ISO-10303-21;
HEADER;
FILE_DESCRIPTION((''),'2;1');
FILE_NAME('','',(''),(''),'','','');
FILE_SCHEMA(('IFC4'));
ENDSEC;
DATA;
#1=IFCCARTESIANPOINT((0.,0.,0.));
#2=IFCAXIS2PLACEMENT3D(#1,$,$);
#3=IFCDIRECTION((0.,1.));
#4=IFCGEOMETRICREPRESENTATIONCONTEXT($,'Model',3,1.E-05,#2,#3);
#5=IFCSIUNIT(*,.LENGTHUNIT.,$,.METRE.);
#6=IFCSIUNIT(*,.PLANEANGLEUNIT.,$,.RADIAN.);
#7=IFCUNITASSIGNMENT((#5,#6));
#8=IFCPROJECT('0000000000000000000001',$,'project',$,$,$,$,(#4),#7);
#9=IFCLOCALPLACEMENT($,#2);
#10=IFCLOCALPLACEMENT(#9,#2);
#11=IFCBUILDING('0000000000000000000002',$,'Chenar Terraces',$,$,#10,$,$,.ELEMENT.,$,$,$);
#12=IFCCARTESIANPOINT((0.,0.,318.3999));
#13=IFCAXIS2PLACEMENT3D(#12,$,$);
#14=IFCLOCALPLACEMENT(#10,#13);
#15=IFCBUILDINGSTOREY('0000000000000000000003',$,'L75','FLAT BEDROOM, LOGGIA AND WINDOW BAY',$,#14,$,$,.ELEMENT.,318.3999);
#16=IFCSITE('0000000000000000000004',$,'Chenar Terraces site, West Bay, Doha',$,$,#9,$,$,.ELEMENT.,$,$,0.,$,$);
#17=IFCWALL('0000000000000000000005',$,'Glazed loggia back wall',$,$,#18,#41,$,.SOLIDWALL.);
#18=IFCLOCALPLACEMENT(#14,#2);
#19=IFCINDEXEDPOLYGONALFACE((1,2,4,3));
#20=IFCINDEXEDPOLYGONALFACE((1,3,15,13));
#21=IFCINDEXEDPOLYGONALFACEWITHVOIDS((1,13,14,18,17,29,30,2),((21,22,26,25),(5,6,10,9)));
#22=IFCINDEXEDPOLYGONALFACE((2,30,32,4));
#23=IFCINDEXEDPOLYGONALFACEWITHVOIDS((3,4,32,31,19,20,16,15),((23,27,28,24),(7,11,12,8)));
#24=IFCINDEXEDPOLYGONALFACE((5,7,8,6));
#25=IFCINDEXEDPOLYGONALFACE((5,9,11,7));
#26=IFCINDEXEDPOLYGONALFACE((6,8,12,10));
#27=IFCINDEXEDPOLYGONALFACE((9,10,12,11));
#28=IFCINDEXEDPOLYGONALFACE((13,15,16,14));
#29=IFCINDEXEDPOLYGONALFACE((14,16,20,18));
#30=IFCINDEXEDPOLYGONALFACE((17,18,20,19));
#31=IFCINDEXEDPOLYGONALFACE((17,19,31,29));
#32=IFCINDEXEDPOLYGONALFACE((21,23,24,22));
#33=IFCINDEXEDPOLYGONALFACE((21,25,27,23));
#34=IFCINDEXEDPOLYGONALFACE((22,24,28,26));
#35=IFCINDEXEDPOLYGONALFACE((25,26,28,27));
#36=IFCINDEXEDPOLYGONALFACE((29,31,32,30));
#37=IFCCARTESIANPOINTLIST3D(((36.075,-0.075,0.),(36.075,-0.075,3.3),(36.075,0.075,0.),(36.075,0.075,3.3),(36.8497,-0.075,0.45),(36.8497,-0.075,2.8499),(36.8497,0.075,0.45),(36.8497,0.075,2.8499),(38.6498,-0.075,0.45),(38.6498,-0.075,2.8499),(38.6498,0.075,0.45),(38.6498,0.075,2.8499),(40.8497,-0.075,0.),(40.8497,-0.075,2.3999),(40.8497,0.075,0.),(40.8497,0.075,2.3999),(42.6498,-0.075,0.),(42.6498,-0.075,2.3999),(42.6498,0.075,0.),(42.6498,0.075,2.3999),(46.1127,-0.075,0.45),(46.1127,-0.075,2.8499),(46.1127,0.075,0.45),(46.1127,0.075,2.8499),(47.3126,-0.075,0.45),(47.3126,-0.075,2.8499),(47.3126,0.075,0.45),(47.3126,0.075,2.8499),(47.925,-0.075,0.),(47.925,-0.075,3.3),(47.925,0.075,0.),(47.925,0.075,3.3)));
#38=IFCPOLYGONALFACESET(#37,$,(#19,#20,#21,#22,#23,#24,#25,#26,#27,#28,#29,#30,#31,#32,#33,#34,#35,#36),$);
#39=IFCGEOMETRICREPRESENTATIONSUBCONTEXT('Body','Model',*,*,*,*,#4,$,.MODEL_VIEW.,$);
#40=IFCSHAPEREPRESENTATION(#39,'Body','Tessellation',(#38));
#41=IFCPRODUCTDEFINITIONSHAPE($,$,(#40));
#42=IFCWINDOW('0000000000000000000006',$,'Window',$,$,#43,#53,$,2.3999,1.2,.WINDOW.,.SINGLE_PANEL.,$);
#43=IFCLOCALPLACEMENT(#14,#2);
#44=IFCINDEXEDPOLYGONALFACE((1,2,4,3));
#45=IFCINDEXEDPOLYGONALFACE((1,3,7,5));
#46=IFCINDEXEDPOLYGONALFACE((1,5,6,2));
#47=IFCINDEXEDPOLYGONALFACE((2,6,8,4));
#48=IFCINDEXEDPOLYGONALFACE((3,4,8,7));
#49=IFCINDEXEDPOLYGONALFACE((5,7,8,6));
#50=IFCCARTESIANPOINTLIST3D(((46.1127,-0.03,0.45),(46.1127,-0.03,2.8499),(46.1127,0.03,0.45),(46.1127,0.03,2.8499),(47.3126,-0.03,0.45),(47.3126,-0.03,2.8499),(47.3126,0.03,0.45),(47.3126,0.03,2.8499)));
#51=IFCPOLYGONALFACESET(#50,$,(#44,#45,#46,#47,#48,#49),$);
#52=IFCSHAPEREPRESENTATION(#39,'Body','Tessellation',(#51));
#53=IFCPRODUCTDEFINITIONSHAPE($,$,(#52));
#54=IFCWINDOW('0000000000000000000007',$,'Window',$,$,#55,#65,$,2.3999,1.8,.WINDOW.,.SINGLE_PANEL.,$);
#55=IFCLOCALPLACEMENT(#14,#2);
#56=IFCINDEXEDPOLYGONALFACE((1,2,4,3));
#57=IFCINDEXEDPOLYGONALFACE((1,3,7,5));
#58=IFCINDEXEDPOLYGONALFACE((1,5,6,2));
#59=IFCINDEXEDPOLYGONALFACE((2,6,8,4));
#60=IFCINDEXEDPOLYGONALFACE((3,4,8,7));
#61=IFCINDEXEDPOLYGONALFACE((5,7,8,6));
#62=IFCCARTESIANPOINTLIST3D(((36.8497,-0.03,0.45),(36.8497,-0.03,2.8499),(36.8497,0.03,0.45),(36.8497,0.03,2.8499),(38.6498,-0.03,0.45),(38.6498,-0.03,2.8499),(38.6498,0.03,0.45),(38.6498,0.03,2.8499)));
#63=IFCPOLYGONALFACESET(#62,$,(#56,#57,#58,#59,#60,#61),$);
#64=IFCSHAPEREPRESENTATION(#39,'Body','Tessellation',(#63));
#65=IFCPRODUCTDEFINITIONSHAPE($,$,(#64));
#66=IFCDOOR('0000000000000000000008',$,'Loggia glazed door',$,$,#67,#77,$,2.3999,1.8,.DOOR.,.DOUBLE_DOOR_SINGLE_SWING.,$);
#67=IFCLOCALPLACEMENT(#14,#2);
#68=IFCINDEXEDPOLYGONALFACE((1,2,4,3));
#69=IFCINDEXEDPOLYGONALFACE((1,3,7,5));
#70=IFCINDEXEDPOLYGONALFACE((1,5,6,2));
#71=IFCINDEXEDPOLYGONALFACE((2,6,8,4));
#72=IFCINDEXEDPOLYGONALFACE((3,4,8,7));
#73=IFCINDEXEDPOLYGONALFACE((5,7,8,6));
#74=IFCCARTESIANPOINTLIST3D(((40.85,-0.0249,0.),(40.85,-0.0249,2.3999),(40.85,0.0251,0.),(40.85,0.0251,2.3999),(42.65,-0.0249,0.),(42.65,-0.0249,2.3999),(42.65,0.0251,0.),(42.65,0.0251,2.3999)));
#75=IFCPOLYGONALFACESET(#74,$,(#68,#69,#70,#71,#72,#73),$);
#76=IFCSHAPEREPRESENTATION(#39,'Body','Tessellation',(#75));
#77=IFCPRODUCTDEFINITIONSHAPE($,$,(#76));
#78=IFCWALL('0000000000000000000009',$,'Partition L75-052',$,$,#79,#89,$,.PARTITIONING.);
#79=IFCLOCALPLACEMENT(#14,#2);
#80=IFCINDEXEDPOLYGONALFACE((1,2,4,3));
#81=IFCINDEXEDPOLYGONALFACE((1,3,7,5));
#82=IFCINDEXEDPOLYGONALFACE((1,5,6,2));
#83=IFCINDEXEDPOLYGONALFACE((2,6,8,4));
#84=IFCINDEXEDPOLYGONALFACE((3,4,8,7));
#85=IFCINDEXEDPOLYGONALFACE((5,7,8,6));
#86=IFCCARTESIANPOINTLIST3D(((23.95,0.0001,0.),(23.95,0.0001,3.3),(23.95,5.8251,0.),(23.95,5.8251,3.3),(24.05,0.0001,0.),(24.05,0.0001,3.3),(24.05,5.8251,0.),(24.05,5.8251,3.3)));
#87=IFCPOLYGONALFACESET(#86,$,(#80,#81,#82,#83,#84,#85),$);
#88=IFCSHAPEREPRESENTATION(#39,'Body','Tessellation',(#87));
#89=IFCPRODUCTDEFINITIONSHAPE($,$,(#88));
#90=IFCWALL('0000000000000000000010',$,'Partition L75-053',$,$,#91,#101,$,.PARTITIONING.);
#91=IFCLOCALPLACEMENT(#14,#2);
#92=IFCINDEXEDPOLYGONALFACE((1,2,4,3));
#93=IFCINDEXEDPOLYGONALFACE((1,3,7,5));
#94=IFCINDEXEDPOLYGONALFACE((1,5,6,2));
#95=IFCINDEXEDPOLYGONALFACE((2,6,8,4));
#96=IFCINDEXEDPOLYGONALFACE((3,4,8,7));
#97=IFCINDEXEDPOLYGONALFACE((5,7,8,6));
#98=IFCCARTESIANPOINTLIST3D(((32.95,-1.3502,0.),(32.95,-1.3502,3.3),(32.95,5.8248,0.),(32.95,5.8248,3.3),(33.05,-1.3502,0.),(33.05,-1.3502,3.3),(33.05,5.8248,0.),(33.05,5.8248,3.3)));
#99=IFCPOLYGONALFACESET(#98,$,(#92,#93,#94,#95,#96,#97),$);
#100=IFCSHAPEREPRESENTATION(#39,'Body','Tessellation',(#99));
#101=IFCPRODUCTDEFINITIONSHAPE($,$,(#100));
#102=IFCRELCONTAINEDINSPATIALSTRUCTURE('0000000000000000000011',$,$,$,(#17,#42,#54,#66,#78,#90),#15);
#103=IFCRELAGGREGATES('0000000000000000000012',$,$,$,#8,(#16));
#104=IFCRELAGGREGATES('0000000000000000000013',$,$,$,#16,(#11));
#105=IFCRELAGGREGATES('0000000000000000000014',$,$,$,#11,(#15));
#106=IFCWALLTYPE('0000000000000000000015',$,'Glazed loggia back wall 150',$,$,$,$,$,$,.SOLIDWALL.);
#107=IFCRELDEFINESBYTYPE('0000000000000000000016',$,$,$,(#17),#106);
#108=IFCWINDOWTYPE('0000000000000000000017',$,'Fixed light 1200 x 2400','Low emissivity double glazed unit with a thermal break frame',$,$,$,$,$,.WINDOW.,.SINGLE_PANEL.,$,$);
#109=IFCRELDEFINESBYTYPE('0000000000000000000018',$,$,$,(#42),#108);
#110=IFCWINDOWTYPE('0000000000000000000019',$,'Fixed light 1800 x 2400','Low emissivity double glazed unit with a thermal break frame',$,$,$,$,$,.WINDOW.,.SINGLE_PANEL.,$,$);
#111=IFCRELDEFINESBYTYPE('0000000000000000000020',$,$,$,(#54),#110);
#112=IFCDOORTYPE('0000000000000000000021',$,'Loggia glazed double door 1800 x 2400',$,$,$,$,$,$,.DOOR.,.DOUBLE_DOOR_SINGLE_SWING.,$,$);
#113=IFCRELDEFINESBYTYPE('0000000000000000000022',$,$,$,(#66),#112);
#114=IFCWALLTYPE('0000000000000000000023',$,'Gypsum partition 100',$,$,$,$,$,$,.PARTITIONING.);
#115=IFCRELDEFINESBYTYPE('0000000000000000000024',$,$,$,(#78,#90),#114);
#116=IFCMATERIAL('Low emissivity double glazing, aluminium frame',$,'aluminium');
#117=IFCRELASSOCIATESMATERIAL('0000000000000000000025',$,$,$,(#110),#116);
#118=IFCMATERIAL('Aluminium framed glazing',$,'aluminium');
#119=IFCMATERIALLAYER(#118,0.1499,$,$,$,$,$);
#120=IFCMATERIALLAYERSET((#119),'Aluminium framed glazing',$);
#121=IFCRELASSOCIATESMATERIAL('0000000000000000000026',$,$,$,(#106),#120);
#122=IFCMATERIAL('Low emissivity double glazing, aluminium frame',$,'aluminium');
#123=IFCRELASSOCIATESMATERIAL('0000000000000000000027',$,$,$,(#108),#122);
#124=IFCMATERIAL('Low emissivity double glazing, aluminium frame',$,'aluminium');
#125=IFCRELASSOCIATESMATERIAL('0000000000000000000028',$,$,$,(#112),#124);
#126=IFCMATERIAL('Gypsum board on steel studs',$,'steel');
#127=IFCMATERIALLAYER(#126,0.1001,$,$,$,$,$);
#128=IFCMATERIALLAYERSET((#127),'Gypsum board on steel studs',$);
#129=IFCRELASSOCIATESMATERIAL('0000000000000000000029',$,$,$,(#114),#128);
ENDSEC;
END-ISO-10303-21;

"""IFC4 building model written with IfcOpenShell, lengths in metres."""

from ifc_helpers import new_model, si_unit, direction, frame, frame_2d, origin, place, context, subcontext, project, spatial, rectangle, extrude, material, layer, layer_set, type_object, element, fill, save


model = new_model("IFC4")

# Units and contexts
model_context = context("Model", 3, precision=1e-05, world=origin(), true_north=direction((0.0, 1.0)))
body_context = subcontext(model_context, "Body", "Model", "MODEL_VIEW")
ifc_project = project(units=[si_unit("LENGTHUNIT", "METRE"), si_unit("PLANEANGLEUNIT", "RADIAN")], contexts=[model_context])

# Site, building, storey
site_placement = place(None, origin())
site = spatial("IfcSite", under=ifc_project, at=site_placement, Name="Chenar Terraces site, West Bay, Doha", CompositionType="ELEMENT", RefElevation=0.0)
building_placement = place(site_placement, origin())
building = spatial("IfcBuilding", under=site, at=building_placement, Name="Chenar Terraces", CompositionType="ELEMENT")
storey_placement = place(building_placement, frame((0.0, 0.0, 318.3999)))
storey = spatial("IfcBuildingStorey", under=building, at=storey_placement, Name="L75", Description="FLAT BEDROOM, LOGGIA AND WINDOW BAY", CompositionType="ELEMENT", Elevation=318.3999)

# Shared definitions
ifc_material_1 = material(Name="Low emissivity double glazing, aluminium frame", Category="aluminium")
window_type_1 = type_object("IfcWindowType", Name="Fixed light 1800 x 2400", Description="Low emissivity double glazed unit with a thermal break frame", PartitioningType="SINGLE_PANEL", PredefinedType="WINDOW", material=ifc_material_1)

# Wall, openings, windows, door
ifc_material_2 = material(Name="Aluminium framed glazing", Category="aluminium")
ifc_layer_1 = layer(ifc_material_2, 0.1499)
ifc_layer_set_1 = layer_set([ifc_layer_1], Name="Aluminium framed glazing")
wall_type_1 = type_object("IfcWallType", Name="Glazed loggia back wall 150", PredefinedType="SOLIDWALL", material=ifc_layer_set_1)
wall_1_placement = place(storey_placement, frame((36.075, 0.0, 0.0), z_axis=(0.0, 0.0, 1.0), x_axis=(1.0, 0.0, 0.0)))
wall_1 = element("IfcWall", 1, at=wall_1_placement, inside=storey, type_object=wall_type_1, Name="Glazed loggia back wall", PredefinedType="SOLIDWALL", context=body_context, shape_type="SweptSolid", body=[
    extrude(rectangle(XDim=11.8501, YDim=0.1499, at=frame_2d((5.925, 0.0))), origin(), (0.0, 0.0, 1.0), 3.3),
])
opening_1_placement = place(wall_1_placement, frame((0.7749, 0.0, 0.45)))
opening_1 = element("IfcOpeningElement", 2, at=opening_1_placement, cuts=wall_1, PredefinedType="OPENING", context=body_context, shape_type="SweptSolid", body=[
    extrude(rectangle(XDim=1.8, YDim=2.3999, at=frame_2d((0.8999, 1.2))), frame((0.0, 0.085, 0.0), z_axis=(0.0, -1.0, 0.0), x_axis=(1.0, 0.0, 0.0)), (0.0, 0.0, 1.0), 0.1699),
])
opening_2_placement = place(wall_1_placement, frame((4.7749, 0.0, 0.0)))
opening_2 = element("IfcOpeningElement", 3, at=opening_2_placement, cuts=wall_1, PredefinedType="OPENING", context=body_context, shape_type="SweptSolid", body=[
    extrude(rectangle(XDim=1.8, YDim=2.3999, at=frame_2d((0.8999, 1.2))), frame((0.0, 0.085, 0.0), z_axis=(0.0, -1.0, 0.0), x_axis=(1.0, 0.0, 0.0)), (0.0, 0.0, 1.0), 0.1699),
])
opening_3_placement = place(wall_1_placement, frame((10.0376, 0.0, 0.45)))
opening_3 = element("IfcOpeningElement", 4, at=opening_3_placement, cuts=wall_1, PredefinedType="OPENING", context=body_context, shape_type="SweptSolid", body=[
    extrude(rectangle(XDim=1.2, YDim=2.3999, at=frame_2d((0.6001, 1.2))), frame((0.0, 0.085, 0.0), z_axis=(0.0, -1.0, 0.0), x_axis=(1.0, 0.0, 0.0)), (0.0, 0.0, 1.0), 0.1699),
])
ifc_material_3 = material(Name="Low emissivity double glazing, aluminium frame", Category="aluminium")
window_type_2 = type_object("IfcWindowType", Name="Fixed light 1200 x 2400", Description="Low emissivity double glazed unit with a thermal break frame", PartitioningType="SINGLE_PANEL", PredefinedType="WINDOW", material=ifc_material_3)
window_1_placement = place(opening_3_placement, origin())
window_1 = element("IfcWindow", 5, at=window_1_placement, inside=storey, type_object=window_type_2, Name="Window", OverallHeight=2.3999, OverallWidth=1.2, PartitioningType="SINGLE_PANEL", PredefinedType="WINDOW", context=body_context, shape_type="SweptSolid", body=[
    extrude(rectangle(XDim=1.2, YDim=2.3999, at=frame_2d((0.6001, 1.2))), frame((0.0, 0.03, 0.0), z_axis=(0.0, -1.0, 0.0), x_axis=(1.0, 0.0, 0.0)), (0.0, 0.0, 1.0), 0.0601),
])
fill(opening_3, window_1)
window_2_placement = place(opening_1_placement, origin())
window_2 = element("IfcWindow", 6, at=window_2_placement, inside=storey, type_object=window_type_1, Name="Window", OverallHeight=2.3999, OverallWidth=1.8, PartitioningType="SINGLE_PANEL", PredefinedType="WINDOW", context=body_context, shape_type="SweptSolid", body=[
    extrude(rectangle(XDim=1.8, YDim=2.3999, at=frame_2d((0.8999, 1.2))), frame((0.0, 0.03, 0.0), z_axis=(0.0, -1.0, 0.0), x_axis=(1.0, 0.0, 0.0)), (0.0, 0.0, 1.0), 0.0601),
])
fill(opening_1, window_2)
ifc_material_4 = material(Name="Low emissivity double glazing, aluminium frame", Category="aluminium")
door_type_1 = type_object("IfcDoorType", Name="Loggia glazed double door 1800 x 2400", OperationType="DOUBLE_DOOR_SINGLE_SWING", PredefinedType="DOOR", material=ifc_material_4)
door_1_placement = place(opening_2_placement, frame((1.8, 0.0, 0.0), z_axis=(0.0, 0.0, 1.0), x_axis=(-1.0, 0.0, 0.0)))
door_1 = element("IfcDoor", 7, at=door_1_placement, inside=storey, type_object=door_type_1, Name="Loggia glazed door", OperationType="DOUBLE_DOOR_SINGLE_SWING", OverallHeight=2.3999, OverallWidth=1.8, PredefinedType="DOOR", context=body_context, shape_type="SweptSolid", body=[
    extrude(rectangle(XDim=1.8, YDim=2.3999, at=frame_2d((0.8999, 1.2))), frame((0.0, 0.0249, 0.0), z_axis=(0.0, -1.0, 0.0), x_axis=(1.0, 0.0, 0.0)), (0.0, 0.0, 1.0), 0.05),
])
fill(opening_2, door_1)

# Walls
ifc_material_5 = material(Name="Gypsum board on steel studs", Category="steel")
ifc_layer_2 = layer(ifc_material_5, 0.1001)
ifc_layer_set_2 = layer_set([ifc_layer_2], Name="Gypsum board on steel studs")
wall_type_2 = type_object("IfcWallType", Name="Gypsum partition 100", PredefinedType="PARTITIONING", material=ifc_layer_set_2)
wall_2_placement = place(storey_placement, frame((24.0, 0.0, 0.0), z_axis=(0.0, 0.0, 1.0), x_axis=(0.0, 1.0, 0.0)))
element("IfcWall", 8, at=wall_2_placement, inside=storey, type_object=wall_type_2, Name="Partition L75-052", PredefinedType="PARTITIONING", context=body_context, shape_type="SweptSolid", body=[
    extrude(rectangle(XDim=5.825, YDim=0.1001, at=frame_2d((2.9126, 0.0))), origin(), (0.0, 0.0, 1.0), 3.3),
])
wall_3_placement = place(storey_placement, frame((33.0, -1.3501, 0.0), z_axis=(0.0, 0.0, 1.0), x_axis=(0.0, 1.0, 0.0)))
element("IfcWall", 9, at=wall_3_placement, inside=storey, type_object=wall_type_2, Name="Partition L75-053", PredefinedType="PARTITIONING", context=body_context, shape_type="SweptSolid", body=[
    extrude(rectangle(XDim=7.175, YDim=0.1001, at=frame_2d((3.5874, 0.0))), origin(), (0.0, 0.0, 1.0), 3.3),
])

save(model, "model.ifc")
